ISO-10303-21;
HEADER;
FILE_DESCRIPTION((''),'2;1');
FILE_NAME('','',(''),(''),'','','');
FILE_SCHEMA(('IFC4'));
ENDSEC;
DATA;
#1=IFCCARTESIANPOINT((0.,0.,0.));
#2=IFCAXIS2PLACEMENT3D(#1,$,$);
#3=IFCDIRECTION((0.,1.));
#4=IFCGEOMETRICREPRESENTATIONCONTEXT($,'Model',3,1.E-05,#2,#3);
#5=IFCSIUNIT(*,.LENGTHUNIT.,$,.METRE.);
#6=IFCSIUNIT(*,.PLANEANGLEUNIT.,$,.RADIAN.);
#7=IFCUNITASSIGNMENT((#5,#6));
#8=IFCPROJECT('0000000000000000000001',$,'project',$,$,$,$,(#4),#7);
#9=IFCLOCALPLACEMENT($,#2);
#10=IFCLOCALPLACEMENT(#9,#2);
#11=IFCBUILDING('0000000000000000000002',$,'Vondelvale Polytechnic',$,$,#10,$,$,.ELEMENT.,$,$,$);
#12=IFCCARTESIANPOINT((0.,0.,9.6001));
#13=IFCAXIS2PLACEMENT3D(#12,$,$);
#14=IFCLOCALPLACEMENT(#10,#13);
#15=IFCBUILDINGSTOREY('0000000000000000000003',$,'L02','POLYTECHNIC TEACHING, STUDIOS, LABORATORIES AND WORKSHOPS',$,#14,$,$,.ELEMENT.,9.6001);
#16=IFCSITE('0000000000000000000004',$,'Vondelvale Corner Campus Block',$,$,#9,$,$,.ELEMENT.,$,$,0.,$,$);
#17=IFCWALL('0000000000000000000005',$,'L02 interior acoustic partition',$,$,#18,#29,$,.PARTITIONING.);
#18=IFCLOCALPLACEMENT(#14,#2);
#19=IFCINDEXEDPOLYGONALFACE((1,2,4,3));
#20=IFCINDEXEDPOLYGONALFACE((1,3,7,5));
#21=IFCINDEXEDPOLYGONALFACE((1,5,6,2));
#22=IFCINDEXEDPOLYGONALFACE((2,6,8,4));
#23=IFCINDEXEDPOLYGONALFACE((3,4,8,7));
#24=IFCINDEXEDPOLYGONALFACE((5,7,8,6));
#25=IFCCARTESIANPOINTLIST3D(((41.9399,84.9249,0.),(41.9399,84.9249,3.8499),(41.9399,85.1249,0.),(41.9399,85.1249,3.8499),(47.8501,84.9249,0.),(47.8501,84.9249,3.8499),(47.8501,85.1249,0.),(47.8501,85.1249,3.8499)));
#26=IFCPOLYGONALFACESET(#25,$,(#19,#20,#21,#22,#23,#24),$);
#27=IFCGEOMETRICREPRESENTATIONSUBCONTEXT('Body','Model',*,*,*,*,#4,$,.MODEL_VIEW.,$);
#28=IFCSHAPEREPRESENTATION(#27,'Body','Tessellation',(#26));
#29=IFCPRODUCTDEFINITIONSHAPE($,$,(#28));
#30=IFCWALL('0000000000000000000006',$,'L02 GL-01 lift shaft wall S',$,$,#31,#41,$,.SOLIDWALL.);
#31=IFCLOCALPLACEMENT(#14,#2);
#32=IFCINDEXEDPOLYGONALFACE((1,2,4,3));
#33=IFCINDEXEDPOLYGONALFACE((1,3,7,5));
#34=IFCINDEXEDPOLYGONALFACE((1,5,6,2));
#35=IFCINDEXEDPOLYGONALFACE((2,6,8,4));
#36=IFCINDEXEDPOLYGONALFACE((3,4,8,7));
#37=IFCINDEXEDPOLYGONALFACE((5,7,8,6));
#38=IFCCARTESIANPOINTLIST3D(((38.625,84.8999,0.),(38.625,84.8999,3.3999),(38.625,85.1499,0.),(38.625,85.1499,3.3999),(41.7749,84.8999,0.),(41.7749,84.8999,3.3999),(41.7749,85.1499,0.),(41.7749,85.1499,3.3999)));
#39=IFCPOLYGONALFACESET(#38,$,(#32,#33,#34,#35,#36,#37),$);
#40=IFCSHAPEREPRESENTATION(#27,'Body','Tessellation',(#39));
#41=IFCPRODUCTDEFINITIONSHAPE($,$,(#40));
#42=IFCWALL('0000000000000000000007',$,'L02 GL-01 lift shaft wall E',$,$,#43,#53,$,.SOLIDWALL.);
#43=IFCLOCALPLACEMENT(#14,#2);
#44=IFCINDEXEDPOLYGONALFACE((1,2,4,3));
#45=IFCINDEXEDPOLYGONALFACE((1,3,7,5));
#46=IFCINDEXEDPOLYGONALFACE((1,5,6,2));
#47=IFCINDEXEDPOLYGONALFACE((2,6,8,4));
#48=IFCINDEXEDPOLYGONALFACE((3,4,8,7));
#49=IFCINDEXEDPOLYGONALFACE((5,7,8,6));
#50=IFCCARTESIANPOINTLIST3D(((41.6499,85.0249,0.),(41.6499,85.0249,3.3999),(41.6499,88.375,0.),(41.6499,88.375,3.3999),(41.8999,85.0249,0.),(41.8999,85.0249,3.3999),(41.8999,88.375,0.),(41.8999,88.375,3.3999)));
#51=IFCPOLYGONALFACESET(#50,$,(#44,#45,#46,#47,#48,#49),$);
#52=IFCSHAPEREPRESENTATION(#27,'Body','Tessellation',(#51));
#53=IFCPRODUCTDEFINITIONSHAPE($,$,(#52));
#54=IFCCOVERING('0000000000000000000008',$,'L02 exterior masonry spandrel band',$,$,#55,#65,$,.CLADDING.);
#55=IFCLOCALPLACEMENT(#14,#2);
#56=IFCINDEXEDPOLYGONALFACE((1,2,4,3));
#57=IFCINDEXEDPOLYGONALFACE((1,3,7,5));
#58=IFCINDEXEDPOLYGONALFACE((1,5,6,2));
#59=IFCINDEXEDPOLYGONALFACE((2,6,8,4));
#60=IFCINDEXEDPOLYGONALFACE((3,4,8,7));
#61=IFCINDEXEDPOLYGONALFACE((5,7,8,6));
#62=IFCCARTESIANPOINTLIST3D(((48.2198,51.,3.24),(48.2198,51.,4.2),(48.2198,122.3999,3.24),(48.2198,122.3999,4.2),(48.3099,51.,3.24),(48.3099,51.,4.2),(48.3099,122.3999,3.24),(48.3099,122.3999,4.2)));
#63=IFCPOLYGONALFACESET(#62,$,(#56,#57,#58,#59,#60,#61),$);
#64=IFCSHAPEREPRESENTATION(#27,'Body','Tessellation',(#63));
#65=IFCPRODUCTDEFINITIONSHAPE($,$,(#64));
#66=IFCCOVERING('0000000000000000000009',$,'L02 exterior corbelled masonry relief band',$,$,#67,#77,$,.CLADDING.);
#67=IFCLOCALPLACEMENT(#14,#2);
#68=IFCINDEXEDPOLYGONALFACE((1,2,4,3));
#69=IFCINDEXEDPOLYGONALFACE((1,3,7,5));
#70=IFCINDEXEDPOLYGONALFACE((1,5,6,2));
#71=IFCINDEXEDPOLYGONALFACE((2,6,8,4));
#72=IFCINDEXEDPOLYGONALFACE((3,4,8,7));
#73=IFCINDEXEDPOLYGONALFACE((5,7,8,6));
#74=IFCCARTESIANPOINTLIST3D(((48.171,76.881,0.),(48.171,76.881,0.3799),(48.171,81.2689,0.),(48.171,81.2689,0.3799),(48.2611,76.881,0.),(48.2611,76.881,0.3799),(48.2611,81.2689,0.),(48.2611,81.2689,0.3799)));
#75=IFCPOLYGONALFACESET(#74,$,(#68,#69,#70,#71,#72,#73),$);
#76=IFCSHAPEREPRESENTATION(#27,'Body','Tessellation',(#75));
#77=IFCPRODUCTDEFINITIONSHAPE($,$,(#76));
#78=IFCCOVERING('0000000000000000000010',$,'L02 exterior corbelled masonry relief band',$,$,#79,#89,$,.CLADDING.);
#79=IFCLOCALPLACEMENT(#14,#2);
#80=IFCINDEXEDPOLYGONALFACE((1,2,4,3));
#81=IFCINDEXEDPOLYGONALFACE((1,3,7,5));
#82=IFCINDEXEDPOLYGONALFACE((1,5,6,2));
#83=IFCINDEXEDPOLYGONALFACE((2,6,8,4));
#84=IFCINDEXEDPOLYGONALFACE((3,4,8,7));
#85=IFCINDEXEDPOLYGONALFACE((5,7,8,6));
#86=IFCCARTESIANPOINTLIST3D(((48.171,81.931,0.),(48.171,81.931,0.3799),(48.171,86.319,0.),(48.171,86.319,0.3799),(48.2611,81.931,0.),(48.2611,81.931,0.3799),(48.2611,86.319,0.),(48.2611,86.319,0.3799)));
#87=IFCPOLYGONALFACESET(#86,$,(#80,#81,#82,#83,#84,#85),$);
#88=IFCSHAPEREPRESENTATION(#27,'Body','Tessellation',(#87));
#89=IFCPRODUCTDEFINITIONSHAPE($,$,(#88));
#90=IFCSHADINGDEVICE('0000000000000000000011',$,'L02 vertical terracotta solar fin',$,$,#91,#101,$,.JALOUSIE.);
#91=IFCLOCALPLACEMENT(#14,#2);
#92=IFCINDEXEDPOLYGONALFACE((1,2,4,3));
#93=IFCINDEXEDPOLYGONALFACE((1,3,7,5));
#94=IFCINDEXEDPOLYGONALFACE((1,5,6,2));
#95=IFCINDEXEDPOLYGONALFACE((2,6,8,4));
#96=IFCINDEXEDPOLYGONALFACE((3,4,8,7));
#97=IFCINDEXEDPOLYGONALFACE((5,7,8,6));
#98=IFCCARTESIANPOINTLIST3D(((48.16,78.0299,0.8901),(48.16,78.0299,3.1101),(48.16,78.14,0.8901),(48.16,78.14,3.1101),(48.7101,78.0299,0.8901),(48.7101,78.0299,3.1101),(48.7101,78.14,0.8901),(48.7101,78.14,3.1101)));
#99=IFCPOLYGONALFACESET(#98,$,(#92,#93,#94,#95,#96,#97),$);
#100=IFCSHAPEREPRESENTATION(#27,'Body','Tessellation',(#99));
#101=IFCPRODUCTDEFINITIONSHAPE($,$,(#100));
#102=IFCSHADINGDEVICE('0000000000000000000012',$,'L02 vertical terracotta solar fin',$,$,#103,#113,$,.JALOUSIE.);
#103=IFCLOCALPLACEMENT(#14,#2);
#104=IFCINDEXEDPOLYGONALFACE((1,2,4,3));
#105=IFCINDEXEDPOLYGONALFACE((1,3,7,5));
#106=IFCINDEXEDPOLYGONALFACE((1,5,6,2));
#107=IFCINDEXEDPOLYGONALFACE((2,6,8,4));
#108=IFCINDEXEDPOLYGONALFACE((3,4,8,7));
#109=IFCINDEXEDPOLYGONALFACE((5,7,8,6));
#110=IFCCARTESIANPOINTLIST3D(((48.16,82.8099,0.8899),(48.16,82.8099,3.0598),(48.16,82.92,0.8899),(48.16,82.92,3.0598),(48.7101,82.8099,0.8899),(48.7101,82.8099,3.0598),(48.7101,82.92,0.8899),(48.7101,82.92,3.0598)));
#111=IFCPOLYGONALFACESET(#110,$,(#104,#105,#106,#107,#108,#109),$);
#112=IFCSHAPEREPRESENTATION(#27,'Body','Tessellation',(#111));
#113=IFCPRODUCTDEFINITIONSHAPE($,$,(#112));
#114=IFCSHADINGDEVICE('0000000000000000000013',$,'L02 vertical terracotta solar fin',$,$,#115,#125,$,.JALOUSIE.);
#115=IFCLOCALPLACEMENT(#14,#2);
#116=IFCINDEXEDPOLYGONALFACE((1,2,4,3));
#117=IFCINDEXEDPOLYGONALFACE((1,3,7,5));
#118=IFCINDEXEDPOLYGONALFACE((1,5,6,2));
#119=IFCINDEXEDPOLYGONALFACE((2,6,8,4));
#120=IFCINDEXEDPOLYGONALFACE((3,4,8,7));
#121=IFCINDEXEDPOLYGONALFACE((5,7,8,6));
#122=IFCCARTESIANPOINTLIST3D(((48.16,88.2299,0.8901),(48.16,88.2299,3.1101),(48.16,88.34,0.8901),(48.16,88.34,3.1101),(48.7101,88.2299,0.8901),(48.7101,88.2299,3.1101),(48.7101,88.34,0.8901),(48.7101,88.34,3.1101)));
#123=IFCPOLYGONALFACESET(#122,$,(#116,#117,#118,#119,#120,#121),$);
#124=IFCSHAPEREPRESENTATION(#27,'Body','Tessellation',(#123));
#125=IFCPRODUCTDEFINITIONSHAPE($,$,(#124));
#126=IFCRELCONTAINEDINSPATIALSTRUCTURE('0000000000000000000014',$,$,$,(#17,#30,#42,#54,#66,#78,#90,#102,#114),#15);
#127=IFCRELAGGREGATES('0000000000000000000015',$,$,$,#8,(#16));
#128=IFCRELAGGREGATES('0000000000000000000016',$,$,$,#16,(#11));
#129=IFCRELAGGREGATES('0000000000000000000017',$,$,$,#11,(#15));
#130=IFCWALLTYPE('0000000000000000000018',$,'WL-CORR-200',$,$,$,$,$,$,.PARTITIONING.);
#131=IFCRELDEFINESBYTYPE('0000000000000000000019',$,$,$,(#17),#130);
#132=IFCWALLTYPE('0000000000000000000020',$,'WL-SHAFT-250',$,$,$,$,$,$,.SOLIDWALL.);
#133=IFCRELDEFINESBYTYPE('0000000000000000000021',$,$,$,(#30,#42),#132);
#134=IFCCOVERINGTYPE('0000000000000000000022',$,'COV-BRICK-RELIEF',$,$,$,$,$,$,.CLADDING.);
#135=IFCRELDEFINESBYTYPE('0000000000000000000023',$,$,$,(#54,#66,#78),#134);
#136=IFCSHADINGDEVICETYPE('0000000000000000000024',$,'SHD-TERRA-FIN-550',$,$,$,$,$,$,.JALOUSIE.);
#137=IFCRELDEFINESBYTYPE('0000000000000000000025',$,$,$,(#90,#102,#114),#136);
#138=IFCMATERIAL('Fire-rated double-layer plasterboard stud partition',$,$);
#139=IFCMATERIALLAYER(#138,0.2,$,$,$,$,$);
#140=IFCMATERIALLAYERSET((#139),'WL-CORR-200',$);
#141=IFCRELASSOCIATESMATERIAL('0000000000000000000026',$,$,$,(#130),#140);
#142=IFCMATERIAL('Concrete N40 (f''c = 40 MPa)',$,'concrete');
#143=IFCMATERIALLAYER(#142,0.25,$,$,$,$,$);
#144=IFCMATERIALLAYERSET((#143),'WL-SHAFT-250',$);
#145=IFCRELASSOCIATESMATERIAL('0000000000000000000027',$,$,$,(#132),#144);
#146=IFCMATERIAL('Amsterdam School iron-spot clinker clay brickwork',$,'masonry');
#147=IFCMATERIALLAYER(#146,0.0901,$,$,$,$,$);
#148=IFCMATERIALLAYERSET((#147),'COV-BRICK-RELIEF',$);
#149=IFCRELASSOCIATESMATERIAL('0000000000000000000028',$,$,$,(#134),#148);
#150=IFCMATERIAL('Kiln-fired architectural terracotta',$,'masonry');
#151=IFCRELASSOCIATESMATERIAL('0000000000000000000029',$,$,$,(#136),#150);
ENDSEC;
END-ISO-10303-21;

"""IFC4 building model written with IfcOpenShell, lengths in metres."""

from ifc_helpers import new_model, si_unit, direction, frame, frame_2d, origin, origin_2d, place, context, subcontext, project, spatial, rectangle, extrude, material, layer, layer_set, type_object, element, save


model = new_model("IFC4")

# Units and contexts
model_context = context("Model", 3, precision=1e-05, world=origin(), true_north=direction((0.0, 1.0)))
body_context = subcontext(model_context, "Body", "Model", "MODEL_VIEW")
ifc_project = project(units=[si_unit("LENGTHUNIT", "METRE"), si_unit("PLANEANGLEUNIT", "RADIAN")], contexts=[model_context])

# Site, building, storey
site_placement = place(None, origin())
site = spatial("IfcSite", under=ifc_project, at=site_placement, Name="Vondelvale Corner Campus Block", CompositionType="ELEMENT", RefElevation=0.0)
building_placement = place(site_placement, origin())
building = spatial("IfcBuilding", under=site, at=building_placement, Name="Vondelvale Polytechnic", CompositionType="ELEMENT")
storey_placement = place(building_placement, frame((0.0, 0.0, 9.6001)))
storey = spatial("IfcBuildingStorey", under=building, at=storey_placement, Name="L02", Description="POLYTECHNIC TEACHING, STUDIOS, LABORATORIES AND WORKSHOPS", CompositionType="ELEMENT", Elevation=9.6001)

# Shared definitions
ifc_material_1 = material(Name="Amsterdam School iron-spot clinker clay brickwork", Category="masonry")

# Walls
ifc_material_2 = material(Name="Fire-rated double-layer plasterboard stud partition")
ifc_layer_1 = layer(ifc_material_2, 0.2)
ifc_layer_set_1 = layer_set([ifc_layer_1], Name="WL-CORR-200")
wall_type_1 = type_object("IfcWallType", Name="WL-CORR-200", PredefinedType="PARTITIONING", material=ifc_layer_set_1)
wall_1_placement = place(storey_placement, frame((41.9399, 85.0249, 0.0), z_axis=(0.0, 0.0, 1.0), x_axis=(1.0, 0.0, 0.0)))
element("IfcWall", 1, at=wall_1_placement, inside=storey, type_object=wall_type_1, Name="L02 interior acoustic partition", PredefinedType="PARTITIONING", context=body_context, shape_type="SweptSolid", body=[
    extrude(rectangle(XDim=5.9102, YDim=0.2, at=frame_2d((2.9551, 0.0))), origin(), (0.0, 0.0, 1.0), 3.8499),
])
ifc_material_3 = material(Name="Concrete N40 (f'c = 40 MPa)", Category="concrete")
ifc_layer_2 = layer(ifc_material_3, 0.25)
ifc_layer_set_2 = layer_set([ifc_layer_2], Name="WL-SHAFT-250")
wall_type_2 = type_object("IfcWallType", Name="WL-SHAFT-250", PredefinedType="SOLIDWALL", material=ifc_layer_set_2)
wall_2_placement = place(storey_placement, frame((38.625, 85.0249, 0.0), z_axis=(0.0, 0.0, 1.0), x_axis=(1.0, 0.0, 0.0)))
element("IfcWall", 2, at=wall_2_placement, inside=storey, type_object=wall_type_2, Name="L02 GL-01 lift shaft wall S", PredefinedType="SOLIDWALL", context=body_context, shape_type="SweptSolid", body=[
    extrude(rectangle(XDim=3.1499, YDim=0.25, at=frame_2d((1.575, 0.0))), origin(), (0.0, 0.0, 1.0), 3.3999),
])
wall_3_placement = place(storey_placement, frame((41.7749, 85.0249, 0.0), z_axis=(0.0, 0.0, 1.0), x_axis=(0.0, 1.0, 0.0)))
element("IfcWall", 3, at=wall_3_placement, inside=storey, type_object=wall_type_2, Name="L02 GL-01 lift shaft wall E", PredefinedType="SOLIDWALL", context=body_context, shape_type="SweptSolid", body=[
    extrude(rectangle(XDim=3.3501, YDim=0.25, at=frame_2d((1.675, 0.0))), origin(), (0.0, 0.0, 1.0), 3.3999),
])

# Coverings
ifc_layer_3 = layer(ifc_material_1, 0.0901)
ifc_layer_set_3 = layer_set([ifc_layer_3], Name="COV-BRICK-RELIEF")
covering_type = type_object("IfcCoveringType", Name="COV-BRICK-RELIEF", PredefinedType="CLADDING", material=ifc_layer_set_3)
covering_placement = place(storey_placement, frame((48.2649, 86.7, 3.24), z_axis=(0.0, 0.0, 1.0), x_axis=(0.0, 1.0, 0.0)))
element("IfcCovering", 4, at=covering_placement, inside=storey, type_object=covering_type, Name="L02 exterior masonry spandrel band", PredefinedType="CLADDING", context=body_context, shape_type="SweptSolid", body=[
    extrude(rectangle(XDim=71.3999, YDim=0.0901, at=origin_2d()), origin(), (0.0, 0.0, 1.0), 0.96),
])
for number, where, z_axis, x_axis, name in (
    (5, (48.2161, 79.075, 0.0), (0.0, 0.0, 1.0), (0.0, -1.0, 0.0), "L02 exterior corbelled masonry relief band"),
    (6, (48.2161, 84.125, 0.0), (0.0, 0.0, 1.0), (0.0, -1.0, 0.0), "L02 exterior corbelled masonry relief band"),
):
    element("IfcCovering", number, at=place(storey_placement, frame(where, z_axis=z_axis, x_axis=x_axis)), inside=storey, type_object=covering_type, Name=name, PredefinedType="CLADDING", context=body_context, shape_type="SweptSolid", body=[
        extrude(rectangle(XDim=4.3879, YDim=0.0901, at=origin_2d()), origin(), (0.0, 0.0, 1.0), 0.3799),
    ])

# Shading devices
ifc_material_4 = material(Name="Kiln-fired architectural terracotta", Category="masonry")
shading_device_type = type_object("IfcShadingDeviceType", Name="SHD-TERRA-FIN-550", PredefinedType="JALOUSIE", material=ifc_material_4)
shading_device_1_placement = place(storey_placement, frame((48.4351, 78.085, 0.8901), z_axis=(0.0, 0.0, 1.0), x_axis=(0.0, -1.0, 0.0)))
element("IfcShadingDevice", 7, at=shading_device_1_placement, inside=storey, type_object=shading_device_type, Name="L02 vertical terracotta solar fin", PredefinedType="JALOUSIE", context=body_context, shape_type="SweptSolid", body=[
    extrude(rectangle(XDim=0.1101, YDim=0.55, at=origin_2d()), origin(), (0.0, 0.0, 1.0), 2.22),
])
shading_device_2_placement = place(storey_placement, frame((48.4351, 82.865, 0.8899), z_axis=(0.0, 0.0, 1.0), x_axis=(0.0, -1.0, 0.0)))
element("IfcShadingDevice", 8, at=shading_device_2_placement, inside=storey, type_object=shading_device_type, Name="L02 vertical terracotta solar fin", PredefinedType="JALOUSIE", context=body_context, shape_type="SweptSolid", body=[
    extrude(rectangle(XDim=0.1101, YDim=0.55, at=origin_2d()), origin(), (0.0, 0.0, 1.0), 2.1699),
])
shading_device_3_placement = place(storey_placement, frame((48.4351, 88.2849, 0.8901), z_axis=(0.0, 0.0, 1.0), x_axis=(0.0, -1.0, 0.0)))
element("IfcShadingDevice", 9, at=shading_device_3_placement, inside=storey, type_object=shading_device_type, Name="L02 vertical terracotta solar fin", PredefinedType="JALOUSIE", context=body_context, shape_type="SweptSolid", body=[
    extrude(rectangle(XDim=0.1101, YDim=0.55, at=origin_2d()), origin(), (0.0, 0.0, 1.0), 2.22),
])

save(model, "model.ifc")
